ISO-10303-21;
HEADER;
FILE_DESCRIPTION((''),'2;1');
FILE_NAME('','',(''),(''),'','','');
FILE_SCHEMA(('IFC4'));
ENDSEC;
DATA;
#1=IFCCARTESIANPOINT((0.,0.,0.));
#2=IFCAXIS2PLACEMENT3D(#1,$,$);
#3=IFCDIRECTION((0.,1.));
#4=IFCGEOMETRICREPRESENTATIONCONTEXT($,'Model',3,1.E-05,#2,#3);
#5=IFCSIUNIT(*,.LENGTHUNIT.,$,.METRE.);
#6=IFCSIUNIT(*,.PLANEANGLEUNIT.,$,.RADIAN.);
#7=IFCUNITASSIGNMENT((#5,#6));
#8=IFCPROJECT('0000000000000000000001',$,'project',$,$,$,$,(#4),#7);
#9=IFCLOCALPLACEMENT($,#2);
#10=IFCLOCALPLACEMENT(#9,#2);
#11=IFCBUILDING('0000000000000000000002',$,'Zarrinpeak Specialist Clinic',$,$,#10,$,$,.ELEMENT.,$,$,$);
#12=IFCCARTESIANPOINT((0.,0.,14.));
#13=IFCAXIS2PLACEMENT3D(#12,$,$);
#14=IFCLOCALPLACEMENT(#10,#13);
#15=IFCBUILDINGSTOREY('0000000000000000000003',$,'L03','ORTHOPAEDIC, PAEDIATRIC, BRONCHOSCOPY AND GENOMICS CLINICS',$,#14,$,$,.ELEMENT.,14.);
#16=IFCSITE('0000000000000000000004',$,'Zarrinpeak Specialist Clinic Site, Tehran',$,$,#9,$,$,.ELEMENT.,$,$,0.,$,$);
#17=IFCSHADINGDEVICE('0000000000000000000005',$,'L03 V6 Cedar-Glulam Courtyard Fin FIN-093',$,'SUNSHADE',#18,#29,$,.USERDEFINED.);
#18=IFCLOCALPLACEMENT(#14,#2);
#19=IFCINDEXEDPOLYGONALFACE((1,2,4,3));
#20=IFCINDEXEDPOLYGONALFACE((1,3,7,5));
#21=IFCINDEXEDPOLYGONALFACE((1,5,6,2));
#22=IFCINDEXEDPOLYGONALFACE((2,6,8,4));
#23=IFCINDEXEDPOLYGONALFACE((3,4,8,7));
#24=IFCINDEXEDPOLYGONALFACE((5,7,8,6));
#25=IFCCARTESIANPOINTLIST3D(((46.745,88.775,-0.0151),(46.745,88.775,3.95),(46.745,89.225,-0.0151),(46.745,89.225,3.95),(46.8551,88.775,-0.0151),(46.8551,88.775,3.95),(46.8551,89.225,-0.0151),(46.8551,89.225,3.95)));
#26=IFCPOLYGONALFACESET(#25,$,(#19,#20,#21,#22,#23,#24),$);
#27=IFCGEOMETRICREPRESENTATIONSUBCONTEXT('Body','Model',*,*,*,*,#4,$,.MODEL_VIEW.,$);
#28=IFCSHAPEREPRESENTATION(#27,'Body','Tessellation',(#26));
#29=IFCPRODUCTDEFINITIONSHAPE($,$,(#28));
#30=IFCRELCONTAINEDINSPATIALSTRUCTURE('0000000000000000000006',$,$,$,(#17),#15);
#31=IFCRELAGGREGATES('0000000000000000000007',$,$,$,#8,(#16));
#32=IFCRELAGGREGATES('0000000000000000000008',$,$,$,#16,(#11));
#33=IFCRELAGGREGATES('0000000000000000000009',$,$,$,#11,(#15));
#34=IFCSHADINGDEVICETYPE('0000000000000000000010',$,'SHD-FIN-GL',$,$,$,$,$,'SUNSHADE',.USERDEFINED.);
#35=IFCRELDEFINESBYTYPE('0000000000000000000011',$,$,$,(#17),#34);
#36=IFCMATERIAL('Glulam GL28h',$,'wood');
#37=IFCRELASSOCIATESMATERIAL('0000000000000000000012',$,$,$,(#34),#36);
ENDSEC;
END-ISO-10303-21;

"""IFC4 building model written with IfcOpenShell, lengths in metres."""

from ifc_helpers import new_model, si_unit, direction, frame, origin, origin_2d, place, context, subcontext, project, spatial, rectangle, extrude, material, type_object, element, save


model = new_model("IFC4")

# Units and contexts
model_context = context("Model", 3, precision=1e-05, world=origin(), true_north=direction((0.0, 1.0)))
body_context = subcontext(model_context, "Body", "Model", "MODEL_VIEW")
ifc_project = project(units=[si_unit("LENGTHUNIT", "METRE"), si_unit("PLANEANGLEUNIT", "RADIAN")], contexts=[model_context])

# Site, building, storey
site_placement = place(None, origin())
site = spatial("IfcSite", under=ifc_project, at=site_placement, Name="Zarrinpeak Specialist Clinic Site, Tehran", CompositionType="ELEMENT", RefElevation=0.0)
building_placement = place(site_placement, origin())
building = spatial("IfcBuilding", under=site, at=building_placement, Name="Zarrinpeak Specialist Clinic", CompositionType="ELEMENT")
storey_placement = place(building_placement, frame((0.0, 0.0, 14.0)))
storey = spatial("IfcBuildingStorey", under=building, at=storey_placement, Name="L03", Description="ORTHOPAEDIC, PAEDIATRIC, BRONCHOSCOPY AND GENOMICS CLINICS", CompositionType="ELEMENT", Elevation=14.0)

# Shading device
ifc_material_1 = material(Name="Glulam GL28h", Category="wood")
shading_device_type = type_object("IfcShadingDeviceType", Name="SHD-FIN-GL", ElementType="SUNSHADE", PredefinedType="USERDEFINED", material=ifc_material_1)
shading_device_placement = place(storey_placement, frame((46.8, 89.0, -0.0151), z_axis=(0.0, 0.0, 1.0), x_axis=(1.0, 0.0, 0.0)))
element("IfcShadingDevice", 1, at=shading_device_placement, inside=storey, type_object=shading_device_type, Name="L03 V6 Cedar-Glulam Courtyard Fin FIN-093", ObjectType="SUNSHADE", PredefinedType="USERDEFINED", context=body_context, shape_type="SweptSolid", body=[
    extrude(rectangle(XDim=0.1101, YDim=0.45, at=origin_2d()), origin(), (0.0, 0.0, 1.0), 3.9651),
])

save(model, "model.ifc")
